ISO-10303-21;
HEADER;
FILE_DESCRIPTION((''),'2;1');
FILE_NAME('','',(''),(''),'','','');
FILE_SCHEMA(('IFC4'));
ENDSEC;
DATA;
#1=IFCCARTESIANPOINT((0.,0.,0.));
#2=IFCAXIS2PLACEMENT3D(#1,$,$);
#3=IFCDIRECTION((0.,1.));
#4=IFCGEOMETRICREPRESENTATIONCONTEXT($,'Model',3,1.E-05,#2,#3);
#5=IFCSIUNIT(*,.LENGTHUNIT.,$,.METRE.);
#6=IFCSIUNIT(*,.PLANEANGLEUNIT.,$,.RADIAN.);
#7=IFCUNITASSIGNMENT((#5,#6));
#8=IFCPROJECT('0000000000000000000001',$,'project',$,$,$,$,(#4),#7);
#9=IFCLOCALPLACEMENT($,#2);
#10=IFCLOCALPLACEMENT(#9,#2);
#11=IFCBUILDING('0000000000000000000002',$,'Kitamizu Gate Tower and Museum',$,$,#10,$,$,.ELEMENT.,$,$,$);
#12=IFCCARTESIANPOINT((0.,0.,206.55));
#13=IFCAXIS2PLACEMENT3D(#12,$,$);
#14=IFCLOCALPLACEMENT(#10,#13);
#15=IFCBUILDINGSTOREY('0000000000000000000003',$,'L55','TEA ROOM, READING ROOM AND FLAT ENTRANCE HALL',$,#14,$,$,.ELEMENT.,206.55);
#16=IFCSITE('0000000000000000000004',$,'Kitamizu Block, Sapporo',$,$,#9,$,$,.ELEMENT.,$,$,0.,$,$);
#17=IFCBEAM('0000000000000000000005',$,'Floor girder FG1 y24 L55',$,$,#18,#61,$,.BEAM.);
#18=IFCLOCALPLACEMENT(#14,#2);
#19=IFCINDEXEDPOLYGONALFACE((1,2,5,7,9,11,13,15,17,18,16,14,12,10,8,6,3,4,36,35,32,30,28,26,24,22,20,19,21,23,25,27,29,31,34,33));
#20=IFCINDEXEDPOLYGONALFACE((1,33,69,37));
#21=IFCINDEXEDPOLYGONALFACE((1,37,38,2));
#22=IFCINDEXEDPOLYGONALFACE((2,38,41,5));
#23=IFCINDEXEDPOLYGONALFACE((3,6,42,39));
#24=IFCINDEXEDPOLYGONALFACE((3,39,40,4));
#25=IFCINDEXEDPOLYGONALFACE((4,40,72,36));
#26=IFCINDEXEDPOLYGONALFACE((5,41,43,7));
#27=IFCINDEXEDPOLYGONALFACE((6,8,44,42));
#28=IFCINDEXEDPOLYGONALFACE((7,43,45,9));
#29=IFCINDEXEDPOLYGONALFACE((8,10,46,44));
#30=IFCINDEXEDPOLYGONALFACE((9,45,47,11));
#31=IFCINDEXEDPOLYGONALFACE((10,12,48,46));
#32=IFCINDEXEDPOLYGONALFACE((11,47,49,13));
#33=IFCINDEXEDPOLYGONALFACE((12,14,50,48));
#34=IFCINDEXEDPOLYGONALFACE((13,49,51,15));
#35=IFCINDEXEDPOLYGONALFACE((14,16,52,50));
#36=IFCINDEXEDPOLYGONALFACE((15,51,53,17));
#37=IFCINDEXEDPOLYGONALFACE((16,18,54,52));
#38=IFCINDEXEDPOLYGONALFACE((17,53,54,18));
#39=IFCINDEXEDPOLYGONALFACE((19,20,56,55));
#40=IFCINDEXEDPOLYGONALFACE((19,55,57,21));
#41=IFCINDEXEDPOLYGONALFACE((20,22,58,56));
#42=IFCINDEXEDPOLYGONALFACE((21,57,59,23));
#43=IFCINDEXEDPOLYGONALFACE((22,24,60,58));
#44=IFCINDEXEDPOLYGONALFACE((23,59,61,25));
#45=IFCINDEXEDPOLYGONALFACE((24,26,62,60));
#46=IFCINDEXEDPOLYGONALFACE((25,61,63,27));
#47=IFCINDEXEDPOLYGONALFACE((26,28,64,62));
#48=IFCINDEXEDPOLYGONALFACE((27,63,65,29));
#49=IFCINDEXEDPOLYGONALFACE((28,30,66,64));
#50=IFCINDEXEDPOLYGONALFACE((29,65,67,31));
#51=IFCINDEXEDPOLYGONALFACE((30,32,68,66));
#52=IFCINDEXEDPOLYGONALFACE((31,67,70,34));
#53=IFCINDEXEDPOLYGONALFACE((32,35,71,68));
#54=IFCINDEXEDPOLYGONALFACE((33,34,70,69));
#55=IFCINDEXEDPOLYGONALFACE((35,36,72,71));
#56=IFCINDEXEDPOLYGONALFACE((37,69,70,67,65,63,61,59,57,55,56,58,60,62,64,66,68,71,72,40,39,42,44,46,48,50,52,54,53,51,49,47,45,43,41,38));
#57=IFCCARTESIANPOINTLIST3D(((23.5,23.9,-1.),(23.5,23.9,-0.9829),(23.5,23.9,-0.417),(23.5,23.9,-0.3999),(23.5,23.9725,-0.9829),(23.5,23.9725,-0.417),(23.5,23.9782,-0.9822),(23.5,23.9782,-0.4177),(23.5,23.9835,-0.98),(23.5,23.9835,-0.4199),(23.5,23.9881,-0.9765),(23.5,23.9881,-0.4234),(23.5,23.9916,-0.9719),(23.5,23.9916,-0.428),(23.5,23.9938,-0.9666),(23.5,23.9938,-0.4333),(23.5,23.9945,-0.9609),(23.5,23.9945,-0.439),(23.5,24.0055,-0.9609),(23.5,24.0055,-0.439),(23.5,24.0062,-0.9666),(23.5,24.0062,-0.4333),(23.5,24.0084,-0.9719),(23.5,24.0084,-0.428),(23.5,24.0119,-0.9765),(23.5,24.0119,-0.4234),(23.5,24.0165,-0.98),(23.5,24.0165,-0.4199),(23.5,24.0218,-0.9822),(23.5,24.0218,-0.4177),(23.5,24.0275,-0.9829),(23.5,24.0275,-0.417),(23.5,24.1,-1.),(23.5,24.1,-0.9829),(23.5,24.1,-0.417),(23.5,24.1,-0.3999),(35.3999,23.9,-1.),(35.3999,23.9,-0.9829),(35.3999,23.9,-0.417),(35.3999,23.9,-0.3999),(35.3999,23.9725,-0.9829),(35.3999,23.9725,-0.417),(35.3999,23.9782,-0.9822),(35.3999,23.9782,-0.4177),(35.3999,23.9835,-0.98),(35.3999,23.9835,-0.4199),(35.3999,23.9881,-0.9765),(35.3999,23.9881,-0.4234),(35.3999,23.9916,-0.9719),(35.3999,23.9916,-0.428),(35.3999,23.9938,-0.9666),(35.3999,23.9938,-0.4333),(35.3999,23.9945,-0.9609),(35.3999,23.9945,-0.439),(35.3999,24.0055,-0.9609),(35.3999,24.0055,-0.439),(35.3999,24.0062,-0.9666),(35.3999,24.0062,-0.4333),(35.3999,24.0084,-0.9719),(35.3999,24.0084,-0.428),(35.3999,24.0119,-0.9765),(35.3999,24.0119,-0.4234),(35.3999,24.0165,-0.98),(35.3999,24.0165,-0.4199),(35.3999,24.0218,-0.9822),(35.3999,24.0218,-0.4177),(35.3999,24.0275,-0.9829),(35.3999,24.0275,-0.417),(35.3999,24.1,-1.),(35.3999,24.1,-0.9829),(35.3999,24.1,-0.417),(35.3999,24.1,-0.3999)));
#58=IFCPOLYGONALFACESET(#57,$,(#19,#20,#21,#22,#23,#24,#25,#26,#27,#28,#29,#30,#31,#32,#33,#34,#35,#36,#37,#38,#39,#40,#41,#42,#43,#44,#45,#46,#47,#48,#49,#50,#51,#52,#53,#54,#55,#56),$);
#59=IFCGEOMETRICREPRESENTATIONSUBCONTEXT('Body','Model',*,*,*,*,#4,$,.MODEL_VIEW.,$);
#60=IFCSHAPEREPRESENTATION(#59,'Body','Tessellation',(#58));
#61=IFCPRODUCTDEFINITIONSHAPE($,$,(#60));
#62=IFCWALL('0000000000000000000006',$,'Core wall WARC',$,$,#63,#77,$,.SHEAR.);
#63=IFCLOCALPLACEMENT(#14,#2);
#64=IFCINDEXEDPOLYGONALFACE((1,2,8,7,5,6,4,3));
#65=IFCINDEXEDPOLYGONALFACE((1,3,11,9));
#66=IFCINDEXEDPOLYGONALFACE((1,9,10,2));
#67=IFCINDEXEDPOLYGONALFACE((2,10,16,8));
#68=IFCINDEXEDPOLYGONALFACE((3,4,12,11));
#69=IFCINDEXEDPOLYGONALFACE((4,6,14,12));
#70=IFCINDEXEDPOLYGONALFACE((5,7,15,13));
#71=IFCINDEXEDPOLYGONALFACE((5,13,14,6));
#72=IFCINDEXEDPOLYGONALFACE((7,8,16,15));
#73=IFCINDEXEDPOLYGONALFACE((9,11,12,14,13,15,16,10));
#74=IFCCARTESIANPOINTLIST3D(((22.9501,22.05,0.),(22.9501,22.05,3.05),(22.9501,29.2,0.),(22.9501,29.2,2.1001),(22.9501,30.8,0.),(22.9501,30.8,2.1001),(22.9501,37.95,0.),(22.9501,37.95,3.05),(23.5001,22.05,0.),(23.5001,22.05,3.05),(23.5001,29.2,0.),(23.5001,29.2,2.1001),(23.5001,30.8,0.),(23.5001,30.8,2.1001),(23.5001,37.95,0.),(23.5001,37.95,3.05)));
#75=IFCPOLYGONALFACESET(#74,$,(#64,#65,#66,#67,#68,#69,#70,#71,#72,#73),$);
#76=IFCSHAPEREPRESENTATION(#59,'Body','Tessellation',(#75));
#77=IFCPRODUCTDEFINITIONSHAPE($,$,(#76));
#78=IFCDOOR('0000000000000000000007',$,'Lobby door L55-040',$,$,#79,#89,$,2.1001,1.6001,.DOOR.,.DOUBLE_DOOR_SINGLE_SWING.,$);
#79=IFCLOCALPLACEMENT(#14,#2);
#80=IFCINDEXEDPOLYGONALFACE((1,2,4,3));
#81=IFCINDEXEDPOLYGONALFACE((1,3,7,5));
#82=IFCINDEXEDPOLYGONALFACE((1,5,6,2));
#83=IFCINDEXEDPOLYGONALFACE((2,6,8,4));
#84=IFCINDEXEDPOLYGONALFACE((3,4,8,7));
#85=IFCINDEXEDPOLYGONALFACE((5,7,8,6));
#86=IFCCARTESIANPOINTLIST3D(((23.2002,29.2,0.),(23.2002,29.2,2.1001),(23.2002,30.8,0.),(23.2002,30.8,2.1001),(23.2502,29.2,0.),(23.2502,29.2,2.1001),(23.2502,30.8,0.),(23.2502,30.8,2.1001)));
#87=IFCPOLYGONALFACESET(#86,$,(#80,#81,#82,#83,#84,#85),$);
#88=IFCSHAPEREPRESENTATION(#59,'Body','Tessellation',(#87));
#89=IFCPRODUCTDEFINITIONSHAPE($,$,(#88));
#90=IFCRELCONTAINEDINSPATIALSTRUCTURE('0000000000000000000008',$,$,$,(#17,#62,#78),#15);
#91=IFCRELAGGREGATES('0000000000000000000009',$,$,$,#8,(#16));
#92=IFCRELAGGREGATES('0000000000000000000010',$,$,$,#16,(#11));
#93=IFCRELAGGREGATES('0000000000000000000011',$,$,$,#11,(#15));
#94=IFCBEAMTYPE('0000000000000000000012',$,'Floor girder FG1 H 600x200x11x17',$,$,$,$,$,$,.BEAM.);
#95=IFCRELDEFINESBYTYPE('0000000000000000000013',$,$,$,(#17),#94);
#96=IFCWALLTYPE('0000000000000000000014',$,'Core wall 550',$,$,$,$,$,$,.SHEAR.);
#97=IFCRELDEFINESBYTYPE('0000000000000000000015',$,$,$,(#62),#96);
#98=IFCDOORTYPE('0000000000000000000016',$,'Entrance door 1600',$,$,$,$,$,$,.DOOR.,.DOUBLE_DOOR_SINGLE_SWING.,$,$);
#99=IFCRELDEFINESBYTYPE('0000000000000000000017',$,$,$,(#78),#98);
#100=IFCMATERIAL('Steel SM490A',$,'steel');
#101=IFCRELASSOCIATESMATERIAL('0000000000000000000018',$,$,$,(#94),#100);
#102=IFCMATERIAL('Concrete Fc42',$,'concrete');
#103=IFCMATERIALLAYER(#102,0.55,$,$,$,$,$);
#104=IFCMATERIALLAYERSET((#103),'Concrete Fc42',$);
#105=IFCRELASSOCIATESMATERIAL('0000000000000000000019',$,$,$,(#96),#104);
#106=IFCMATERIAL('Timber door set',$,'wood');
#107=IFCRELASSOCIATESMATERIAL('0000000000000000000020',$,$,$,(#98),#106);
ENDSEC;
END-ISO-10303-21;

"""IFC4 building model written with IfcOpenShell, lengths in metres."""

from ifc_helpers import new_model, si_unit, direction, frame, frame_2d, origin, origin_2d, place, context, subcontext, project, spatial, rectangle, i_section, extrude, material, layer, layer_set, material_profile, profile_set, type_object, element, fill, save


model = new_model("IFC4")

# Units and contexts
model_context = context("Model", 3, precision=1e-05, world=origin(), true_north=direction((0.0, 1.0)))
body_context = subcontext(model_context, "Body", "Model", "MODEL_VIEW")
ifc_project = project(units=[si_unit("LENGTHUNIT", "METRE"), si_unit("PLANEANGLEUNIT", "RADIAN")], contexts=[model_context])

# Site, building, storey
site_placement = place(None, origin())
site = spatial("IfcSite", under=ifc_project, at=site_placement, Name="Kitamizu Block, Sapporo", CompositionType="ELEMENT", RefElevation=0.0)
building_placement = place(site_placement, origin())
building = spatial("IfcBuilding", under=site, at=building_placement, Name="Kitamizu Gate Tower and Museum", CompositionType="ELEMENT")
storey_placement = place(building_placement, frame((0.0, 0.0, 206.55)))
storey = spatial("IfcBuildingStorey", under=building, at=storey_placement, Name="L55", Description="TEA ROOM, READING ROOM AND FLAT ENTRANCE HALL", CompositionType="ELEMENT", Elevation=206.55)

# Beam
ifc_material_1 = material(Name="Steel SM490A", Category="steel")
ifc_material_profile = material_profile(ifc_material_1, i_section(OverallWidth=0.2, OverallDepth=0.6001, WebThickness=0.011, FlangeThickness=0.0171, FilletRadius=0.022, at=origin_2d()), Name="H-600x200x11x17")
ifc_profile_set = profile_set([ifc_material_profile], Name="Steel SM490A")
beam_type = type_object("IfcBeamType", Name="Floor girder FG1 H 600x200x11x17", PredefinedType="BEAM", material=ifc_profile_set)
beam_placement = place(storey_placement, frame((23.5, 24.0, -0.7), z_axis=(1.0, 0.0, 0.0), x_axis=(0.0, 1.0, 0.0)))
element("IfcBeam", 1, at=beam_placement, inside=storey, type_object=beam_type, Name="Floor girder FG1 y24 L55", PredefinedType="BEAM", context=body_context, shape_type="SweptSolid", body=[
    extrude(i_section(OverallWidth=0.2, OverallDepth=0.6001, WebThickness=0.011, FlangeThickness=0.0171, FilletRadius=0.022, at=origin_2d()), origin(), (0.0, 0.0, 1.0), 11.8999),
])

# Wall, opening, door
ifc_material_2 = material(Name="Concrete Fc42", Category="concrete")
ifc_layer_1 = layer(ifc_material_2, 0.55)
ifc_layer_set_1 = layer_set([ifc_layer_1], Name="Concrete Fc42")
wall_type_1 = type_object("IfcWallType", Name="Core wall 550", PredefinedType="SHEAR", material=ifc_layer_set_1)
wall_1_placement = place(storey_placement, frame((23.2251, 22.05, 0.0), z_axis=(0.0, 0.0, 1.0), x_axis=(0.0, 1.0, 0.0)))
wall_1 = element("IfcWall", 2, at=wall_1_placement, inside=storey, type_object=wall_type_1, Name="Core wall WARC", PredefinedType="SHEAR", context=body_context, shape_type="SweptSolid", body=[
    extrude(rectangle(XDim=15.8999, YDim=0.55, at=frame_2d((7.95, 0.0))), origin(), (0.0, 0.0, 1.0), 3.05),
])
opening_1_placement = place(wall_1_placement, frame((7.1499, 0.0, 0.0)))
opening_1 = element("IfcOpeningElement", 3, at=opening_1_placement, cuts=wall_1, PredefinedType="OPENING", context=body_context, shape_type="SweptSolid", body=[
    extrude(rectangle(XDim=1.6001, YDim=2.1001, at=frame_2d((0.8, 1.05))), frame((0.0, 0.2852, 0.0), z_axis=(0.0, -1.0, 0.0), x_axis=(1.0, 0.0, 0.0)), (0.0, 0.0, 1.0), 0.5701),
])
ifc_material_3 = material(Name="Timber door set", Category="wood")
door_type_1 = type_object("IfcDoorType", Name="Entrance door 1600", OperationType="DOUBLE_DOOR_SINGLE_SWING", PredefinedType="DOOR", material=ifc_material_3)
door_1_placement = place(opening_1_placement, origin())
door_1 = element("IfcDoor", 4, at=door_1_placement, inside=storey, type_object=door_type_1, Name="Lobby door L55-040", OperationType="DOUBLE_DOOR_SINGLE_SWING", OverallHeight=2.1001, OverallWidth=1.6001, PredefinedType="DOOR", context=body_context, shape_type="SweptSolid", body=[
    extrude(rectangle(XDim=1.6001, YDim=2.1001, at=frame_2d((0.8, 1.05))), frame((0.0, 0.0249, 0.0), z_axis=(0.0, -1.0, 0.0), x_axis=(1.0, 0.0, 0.0)), (0.0, 0.0, 1.0), 0.05),
])
fill(opening_1, door_1)

save(model, "model.ifc")
